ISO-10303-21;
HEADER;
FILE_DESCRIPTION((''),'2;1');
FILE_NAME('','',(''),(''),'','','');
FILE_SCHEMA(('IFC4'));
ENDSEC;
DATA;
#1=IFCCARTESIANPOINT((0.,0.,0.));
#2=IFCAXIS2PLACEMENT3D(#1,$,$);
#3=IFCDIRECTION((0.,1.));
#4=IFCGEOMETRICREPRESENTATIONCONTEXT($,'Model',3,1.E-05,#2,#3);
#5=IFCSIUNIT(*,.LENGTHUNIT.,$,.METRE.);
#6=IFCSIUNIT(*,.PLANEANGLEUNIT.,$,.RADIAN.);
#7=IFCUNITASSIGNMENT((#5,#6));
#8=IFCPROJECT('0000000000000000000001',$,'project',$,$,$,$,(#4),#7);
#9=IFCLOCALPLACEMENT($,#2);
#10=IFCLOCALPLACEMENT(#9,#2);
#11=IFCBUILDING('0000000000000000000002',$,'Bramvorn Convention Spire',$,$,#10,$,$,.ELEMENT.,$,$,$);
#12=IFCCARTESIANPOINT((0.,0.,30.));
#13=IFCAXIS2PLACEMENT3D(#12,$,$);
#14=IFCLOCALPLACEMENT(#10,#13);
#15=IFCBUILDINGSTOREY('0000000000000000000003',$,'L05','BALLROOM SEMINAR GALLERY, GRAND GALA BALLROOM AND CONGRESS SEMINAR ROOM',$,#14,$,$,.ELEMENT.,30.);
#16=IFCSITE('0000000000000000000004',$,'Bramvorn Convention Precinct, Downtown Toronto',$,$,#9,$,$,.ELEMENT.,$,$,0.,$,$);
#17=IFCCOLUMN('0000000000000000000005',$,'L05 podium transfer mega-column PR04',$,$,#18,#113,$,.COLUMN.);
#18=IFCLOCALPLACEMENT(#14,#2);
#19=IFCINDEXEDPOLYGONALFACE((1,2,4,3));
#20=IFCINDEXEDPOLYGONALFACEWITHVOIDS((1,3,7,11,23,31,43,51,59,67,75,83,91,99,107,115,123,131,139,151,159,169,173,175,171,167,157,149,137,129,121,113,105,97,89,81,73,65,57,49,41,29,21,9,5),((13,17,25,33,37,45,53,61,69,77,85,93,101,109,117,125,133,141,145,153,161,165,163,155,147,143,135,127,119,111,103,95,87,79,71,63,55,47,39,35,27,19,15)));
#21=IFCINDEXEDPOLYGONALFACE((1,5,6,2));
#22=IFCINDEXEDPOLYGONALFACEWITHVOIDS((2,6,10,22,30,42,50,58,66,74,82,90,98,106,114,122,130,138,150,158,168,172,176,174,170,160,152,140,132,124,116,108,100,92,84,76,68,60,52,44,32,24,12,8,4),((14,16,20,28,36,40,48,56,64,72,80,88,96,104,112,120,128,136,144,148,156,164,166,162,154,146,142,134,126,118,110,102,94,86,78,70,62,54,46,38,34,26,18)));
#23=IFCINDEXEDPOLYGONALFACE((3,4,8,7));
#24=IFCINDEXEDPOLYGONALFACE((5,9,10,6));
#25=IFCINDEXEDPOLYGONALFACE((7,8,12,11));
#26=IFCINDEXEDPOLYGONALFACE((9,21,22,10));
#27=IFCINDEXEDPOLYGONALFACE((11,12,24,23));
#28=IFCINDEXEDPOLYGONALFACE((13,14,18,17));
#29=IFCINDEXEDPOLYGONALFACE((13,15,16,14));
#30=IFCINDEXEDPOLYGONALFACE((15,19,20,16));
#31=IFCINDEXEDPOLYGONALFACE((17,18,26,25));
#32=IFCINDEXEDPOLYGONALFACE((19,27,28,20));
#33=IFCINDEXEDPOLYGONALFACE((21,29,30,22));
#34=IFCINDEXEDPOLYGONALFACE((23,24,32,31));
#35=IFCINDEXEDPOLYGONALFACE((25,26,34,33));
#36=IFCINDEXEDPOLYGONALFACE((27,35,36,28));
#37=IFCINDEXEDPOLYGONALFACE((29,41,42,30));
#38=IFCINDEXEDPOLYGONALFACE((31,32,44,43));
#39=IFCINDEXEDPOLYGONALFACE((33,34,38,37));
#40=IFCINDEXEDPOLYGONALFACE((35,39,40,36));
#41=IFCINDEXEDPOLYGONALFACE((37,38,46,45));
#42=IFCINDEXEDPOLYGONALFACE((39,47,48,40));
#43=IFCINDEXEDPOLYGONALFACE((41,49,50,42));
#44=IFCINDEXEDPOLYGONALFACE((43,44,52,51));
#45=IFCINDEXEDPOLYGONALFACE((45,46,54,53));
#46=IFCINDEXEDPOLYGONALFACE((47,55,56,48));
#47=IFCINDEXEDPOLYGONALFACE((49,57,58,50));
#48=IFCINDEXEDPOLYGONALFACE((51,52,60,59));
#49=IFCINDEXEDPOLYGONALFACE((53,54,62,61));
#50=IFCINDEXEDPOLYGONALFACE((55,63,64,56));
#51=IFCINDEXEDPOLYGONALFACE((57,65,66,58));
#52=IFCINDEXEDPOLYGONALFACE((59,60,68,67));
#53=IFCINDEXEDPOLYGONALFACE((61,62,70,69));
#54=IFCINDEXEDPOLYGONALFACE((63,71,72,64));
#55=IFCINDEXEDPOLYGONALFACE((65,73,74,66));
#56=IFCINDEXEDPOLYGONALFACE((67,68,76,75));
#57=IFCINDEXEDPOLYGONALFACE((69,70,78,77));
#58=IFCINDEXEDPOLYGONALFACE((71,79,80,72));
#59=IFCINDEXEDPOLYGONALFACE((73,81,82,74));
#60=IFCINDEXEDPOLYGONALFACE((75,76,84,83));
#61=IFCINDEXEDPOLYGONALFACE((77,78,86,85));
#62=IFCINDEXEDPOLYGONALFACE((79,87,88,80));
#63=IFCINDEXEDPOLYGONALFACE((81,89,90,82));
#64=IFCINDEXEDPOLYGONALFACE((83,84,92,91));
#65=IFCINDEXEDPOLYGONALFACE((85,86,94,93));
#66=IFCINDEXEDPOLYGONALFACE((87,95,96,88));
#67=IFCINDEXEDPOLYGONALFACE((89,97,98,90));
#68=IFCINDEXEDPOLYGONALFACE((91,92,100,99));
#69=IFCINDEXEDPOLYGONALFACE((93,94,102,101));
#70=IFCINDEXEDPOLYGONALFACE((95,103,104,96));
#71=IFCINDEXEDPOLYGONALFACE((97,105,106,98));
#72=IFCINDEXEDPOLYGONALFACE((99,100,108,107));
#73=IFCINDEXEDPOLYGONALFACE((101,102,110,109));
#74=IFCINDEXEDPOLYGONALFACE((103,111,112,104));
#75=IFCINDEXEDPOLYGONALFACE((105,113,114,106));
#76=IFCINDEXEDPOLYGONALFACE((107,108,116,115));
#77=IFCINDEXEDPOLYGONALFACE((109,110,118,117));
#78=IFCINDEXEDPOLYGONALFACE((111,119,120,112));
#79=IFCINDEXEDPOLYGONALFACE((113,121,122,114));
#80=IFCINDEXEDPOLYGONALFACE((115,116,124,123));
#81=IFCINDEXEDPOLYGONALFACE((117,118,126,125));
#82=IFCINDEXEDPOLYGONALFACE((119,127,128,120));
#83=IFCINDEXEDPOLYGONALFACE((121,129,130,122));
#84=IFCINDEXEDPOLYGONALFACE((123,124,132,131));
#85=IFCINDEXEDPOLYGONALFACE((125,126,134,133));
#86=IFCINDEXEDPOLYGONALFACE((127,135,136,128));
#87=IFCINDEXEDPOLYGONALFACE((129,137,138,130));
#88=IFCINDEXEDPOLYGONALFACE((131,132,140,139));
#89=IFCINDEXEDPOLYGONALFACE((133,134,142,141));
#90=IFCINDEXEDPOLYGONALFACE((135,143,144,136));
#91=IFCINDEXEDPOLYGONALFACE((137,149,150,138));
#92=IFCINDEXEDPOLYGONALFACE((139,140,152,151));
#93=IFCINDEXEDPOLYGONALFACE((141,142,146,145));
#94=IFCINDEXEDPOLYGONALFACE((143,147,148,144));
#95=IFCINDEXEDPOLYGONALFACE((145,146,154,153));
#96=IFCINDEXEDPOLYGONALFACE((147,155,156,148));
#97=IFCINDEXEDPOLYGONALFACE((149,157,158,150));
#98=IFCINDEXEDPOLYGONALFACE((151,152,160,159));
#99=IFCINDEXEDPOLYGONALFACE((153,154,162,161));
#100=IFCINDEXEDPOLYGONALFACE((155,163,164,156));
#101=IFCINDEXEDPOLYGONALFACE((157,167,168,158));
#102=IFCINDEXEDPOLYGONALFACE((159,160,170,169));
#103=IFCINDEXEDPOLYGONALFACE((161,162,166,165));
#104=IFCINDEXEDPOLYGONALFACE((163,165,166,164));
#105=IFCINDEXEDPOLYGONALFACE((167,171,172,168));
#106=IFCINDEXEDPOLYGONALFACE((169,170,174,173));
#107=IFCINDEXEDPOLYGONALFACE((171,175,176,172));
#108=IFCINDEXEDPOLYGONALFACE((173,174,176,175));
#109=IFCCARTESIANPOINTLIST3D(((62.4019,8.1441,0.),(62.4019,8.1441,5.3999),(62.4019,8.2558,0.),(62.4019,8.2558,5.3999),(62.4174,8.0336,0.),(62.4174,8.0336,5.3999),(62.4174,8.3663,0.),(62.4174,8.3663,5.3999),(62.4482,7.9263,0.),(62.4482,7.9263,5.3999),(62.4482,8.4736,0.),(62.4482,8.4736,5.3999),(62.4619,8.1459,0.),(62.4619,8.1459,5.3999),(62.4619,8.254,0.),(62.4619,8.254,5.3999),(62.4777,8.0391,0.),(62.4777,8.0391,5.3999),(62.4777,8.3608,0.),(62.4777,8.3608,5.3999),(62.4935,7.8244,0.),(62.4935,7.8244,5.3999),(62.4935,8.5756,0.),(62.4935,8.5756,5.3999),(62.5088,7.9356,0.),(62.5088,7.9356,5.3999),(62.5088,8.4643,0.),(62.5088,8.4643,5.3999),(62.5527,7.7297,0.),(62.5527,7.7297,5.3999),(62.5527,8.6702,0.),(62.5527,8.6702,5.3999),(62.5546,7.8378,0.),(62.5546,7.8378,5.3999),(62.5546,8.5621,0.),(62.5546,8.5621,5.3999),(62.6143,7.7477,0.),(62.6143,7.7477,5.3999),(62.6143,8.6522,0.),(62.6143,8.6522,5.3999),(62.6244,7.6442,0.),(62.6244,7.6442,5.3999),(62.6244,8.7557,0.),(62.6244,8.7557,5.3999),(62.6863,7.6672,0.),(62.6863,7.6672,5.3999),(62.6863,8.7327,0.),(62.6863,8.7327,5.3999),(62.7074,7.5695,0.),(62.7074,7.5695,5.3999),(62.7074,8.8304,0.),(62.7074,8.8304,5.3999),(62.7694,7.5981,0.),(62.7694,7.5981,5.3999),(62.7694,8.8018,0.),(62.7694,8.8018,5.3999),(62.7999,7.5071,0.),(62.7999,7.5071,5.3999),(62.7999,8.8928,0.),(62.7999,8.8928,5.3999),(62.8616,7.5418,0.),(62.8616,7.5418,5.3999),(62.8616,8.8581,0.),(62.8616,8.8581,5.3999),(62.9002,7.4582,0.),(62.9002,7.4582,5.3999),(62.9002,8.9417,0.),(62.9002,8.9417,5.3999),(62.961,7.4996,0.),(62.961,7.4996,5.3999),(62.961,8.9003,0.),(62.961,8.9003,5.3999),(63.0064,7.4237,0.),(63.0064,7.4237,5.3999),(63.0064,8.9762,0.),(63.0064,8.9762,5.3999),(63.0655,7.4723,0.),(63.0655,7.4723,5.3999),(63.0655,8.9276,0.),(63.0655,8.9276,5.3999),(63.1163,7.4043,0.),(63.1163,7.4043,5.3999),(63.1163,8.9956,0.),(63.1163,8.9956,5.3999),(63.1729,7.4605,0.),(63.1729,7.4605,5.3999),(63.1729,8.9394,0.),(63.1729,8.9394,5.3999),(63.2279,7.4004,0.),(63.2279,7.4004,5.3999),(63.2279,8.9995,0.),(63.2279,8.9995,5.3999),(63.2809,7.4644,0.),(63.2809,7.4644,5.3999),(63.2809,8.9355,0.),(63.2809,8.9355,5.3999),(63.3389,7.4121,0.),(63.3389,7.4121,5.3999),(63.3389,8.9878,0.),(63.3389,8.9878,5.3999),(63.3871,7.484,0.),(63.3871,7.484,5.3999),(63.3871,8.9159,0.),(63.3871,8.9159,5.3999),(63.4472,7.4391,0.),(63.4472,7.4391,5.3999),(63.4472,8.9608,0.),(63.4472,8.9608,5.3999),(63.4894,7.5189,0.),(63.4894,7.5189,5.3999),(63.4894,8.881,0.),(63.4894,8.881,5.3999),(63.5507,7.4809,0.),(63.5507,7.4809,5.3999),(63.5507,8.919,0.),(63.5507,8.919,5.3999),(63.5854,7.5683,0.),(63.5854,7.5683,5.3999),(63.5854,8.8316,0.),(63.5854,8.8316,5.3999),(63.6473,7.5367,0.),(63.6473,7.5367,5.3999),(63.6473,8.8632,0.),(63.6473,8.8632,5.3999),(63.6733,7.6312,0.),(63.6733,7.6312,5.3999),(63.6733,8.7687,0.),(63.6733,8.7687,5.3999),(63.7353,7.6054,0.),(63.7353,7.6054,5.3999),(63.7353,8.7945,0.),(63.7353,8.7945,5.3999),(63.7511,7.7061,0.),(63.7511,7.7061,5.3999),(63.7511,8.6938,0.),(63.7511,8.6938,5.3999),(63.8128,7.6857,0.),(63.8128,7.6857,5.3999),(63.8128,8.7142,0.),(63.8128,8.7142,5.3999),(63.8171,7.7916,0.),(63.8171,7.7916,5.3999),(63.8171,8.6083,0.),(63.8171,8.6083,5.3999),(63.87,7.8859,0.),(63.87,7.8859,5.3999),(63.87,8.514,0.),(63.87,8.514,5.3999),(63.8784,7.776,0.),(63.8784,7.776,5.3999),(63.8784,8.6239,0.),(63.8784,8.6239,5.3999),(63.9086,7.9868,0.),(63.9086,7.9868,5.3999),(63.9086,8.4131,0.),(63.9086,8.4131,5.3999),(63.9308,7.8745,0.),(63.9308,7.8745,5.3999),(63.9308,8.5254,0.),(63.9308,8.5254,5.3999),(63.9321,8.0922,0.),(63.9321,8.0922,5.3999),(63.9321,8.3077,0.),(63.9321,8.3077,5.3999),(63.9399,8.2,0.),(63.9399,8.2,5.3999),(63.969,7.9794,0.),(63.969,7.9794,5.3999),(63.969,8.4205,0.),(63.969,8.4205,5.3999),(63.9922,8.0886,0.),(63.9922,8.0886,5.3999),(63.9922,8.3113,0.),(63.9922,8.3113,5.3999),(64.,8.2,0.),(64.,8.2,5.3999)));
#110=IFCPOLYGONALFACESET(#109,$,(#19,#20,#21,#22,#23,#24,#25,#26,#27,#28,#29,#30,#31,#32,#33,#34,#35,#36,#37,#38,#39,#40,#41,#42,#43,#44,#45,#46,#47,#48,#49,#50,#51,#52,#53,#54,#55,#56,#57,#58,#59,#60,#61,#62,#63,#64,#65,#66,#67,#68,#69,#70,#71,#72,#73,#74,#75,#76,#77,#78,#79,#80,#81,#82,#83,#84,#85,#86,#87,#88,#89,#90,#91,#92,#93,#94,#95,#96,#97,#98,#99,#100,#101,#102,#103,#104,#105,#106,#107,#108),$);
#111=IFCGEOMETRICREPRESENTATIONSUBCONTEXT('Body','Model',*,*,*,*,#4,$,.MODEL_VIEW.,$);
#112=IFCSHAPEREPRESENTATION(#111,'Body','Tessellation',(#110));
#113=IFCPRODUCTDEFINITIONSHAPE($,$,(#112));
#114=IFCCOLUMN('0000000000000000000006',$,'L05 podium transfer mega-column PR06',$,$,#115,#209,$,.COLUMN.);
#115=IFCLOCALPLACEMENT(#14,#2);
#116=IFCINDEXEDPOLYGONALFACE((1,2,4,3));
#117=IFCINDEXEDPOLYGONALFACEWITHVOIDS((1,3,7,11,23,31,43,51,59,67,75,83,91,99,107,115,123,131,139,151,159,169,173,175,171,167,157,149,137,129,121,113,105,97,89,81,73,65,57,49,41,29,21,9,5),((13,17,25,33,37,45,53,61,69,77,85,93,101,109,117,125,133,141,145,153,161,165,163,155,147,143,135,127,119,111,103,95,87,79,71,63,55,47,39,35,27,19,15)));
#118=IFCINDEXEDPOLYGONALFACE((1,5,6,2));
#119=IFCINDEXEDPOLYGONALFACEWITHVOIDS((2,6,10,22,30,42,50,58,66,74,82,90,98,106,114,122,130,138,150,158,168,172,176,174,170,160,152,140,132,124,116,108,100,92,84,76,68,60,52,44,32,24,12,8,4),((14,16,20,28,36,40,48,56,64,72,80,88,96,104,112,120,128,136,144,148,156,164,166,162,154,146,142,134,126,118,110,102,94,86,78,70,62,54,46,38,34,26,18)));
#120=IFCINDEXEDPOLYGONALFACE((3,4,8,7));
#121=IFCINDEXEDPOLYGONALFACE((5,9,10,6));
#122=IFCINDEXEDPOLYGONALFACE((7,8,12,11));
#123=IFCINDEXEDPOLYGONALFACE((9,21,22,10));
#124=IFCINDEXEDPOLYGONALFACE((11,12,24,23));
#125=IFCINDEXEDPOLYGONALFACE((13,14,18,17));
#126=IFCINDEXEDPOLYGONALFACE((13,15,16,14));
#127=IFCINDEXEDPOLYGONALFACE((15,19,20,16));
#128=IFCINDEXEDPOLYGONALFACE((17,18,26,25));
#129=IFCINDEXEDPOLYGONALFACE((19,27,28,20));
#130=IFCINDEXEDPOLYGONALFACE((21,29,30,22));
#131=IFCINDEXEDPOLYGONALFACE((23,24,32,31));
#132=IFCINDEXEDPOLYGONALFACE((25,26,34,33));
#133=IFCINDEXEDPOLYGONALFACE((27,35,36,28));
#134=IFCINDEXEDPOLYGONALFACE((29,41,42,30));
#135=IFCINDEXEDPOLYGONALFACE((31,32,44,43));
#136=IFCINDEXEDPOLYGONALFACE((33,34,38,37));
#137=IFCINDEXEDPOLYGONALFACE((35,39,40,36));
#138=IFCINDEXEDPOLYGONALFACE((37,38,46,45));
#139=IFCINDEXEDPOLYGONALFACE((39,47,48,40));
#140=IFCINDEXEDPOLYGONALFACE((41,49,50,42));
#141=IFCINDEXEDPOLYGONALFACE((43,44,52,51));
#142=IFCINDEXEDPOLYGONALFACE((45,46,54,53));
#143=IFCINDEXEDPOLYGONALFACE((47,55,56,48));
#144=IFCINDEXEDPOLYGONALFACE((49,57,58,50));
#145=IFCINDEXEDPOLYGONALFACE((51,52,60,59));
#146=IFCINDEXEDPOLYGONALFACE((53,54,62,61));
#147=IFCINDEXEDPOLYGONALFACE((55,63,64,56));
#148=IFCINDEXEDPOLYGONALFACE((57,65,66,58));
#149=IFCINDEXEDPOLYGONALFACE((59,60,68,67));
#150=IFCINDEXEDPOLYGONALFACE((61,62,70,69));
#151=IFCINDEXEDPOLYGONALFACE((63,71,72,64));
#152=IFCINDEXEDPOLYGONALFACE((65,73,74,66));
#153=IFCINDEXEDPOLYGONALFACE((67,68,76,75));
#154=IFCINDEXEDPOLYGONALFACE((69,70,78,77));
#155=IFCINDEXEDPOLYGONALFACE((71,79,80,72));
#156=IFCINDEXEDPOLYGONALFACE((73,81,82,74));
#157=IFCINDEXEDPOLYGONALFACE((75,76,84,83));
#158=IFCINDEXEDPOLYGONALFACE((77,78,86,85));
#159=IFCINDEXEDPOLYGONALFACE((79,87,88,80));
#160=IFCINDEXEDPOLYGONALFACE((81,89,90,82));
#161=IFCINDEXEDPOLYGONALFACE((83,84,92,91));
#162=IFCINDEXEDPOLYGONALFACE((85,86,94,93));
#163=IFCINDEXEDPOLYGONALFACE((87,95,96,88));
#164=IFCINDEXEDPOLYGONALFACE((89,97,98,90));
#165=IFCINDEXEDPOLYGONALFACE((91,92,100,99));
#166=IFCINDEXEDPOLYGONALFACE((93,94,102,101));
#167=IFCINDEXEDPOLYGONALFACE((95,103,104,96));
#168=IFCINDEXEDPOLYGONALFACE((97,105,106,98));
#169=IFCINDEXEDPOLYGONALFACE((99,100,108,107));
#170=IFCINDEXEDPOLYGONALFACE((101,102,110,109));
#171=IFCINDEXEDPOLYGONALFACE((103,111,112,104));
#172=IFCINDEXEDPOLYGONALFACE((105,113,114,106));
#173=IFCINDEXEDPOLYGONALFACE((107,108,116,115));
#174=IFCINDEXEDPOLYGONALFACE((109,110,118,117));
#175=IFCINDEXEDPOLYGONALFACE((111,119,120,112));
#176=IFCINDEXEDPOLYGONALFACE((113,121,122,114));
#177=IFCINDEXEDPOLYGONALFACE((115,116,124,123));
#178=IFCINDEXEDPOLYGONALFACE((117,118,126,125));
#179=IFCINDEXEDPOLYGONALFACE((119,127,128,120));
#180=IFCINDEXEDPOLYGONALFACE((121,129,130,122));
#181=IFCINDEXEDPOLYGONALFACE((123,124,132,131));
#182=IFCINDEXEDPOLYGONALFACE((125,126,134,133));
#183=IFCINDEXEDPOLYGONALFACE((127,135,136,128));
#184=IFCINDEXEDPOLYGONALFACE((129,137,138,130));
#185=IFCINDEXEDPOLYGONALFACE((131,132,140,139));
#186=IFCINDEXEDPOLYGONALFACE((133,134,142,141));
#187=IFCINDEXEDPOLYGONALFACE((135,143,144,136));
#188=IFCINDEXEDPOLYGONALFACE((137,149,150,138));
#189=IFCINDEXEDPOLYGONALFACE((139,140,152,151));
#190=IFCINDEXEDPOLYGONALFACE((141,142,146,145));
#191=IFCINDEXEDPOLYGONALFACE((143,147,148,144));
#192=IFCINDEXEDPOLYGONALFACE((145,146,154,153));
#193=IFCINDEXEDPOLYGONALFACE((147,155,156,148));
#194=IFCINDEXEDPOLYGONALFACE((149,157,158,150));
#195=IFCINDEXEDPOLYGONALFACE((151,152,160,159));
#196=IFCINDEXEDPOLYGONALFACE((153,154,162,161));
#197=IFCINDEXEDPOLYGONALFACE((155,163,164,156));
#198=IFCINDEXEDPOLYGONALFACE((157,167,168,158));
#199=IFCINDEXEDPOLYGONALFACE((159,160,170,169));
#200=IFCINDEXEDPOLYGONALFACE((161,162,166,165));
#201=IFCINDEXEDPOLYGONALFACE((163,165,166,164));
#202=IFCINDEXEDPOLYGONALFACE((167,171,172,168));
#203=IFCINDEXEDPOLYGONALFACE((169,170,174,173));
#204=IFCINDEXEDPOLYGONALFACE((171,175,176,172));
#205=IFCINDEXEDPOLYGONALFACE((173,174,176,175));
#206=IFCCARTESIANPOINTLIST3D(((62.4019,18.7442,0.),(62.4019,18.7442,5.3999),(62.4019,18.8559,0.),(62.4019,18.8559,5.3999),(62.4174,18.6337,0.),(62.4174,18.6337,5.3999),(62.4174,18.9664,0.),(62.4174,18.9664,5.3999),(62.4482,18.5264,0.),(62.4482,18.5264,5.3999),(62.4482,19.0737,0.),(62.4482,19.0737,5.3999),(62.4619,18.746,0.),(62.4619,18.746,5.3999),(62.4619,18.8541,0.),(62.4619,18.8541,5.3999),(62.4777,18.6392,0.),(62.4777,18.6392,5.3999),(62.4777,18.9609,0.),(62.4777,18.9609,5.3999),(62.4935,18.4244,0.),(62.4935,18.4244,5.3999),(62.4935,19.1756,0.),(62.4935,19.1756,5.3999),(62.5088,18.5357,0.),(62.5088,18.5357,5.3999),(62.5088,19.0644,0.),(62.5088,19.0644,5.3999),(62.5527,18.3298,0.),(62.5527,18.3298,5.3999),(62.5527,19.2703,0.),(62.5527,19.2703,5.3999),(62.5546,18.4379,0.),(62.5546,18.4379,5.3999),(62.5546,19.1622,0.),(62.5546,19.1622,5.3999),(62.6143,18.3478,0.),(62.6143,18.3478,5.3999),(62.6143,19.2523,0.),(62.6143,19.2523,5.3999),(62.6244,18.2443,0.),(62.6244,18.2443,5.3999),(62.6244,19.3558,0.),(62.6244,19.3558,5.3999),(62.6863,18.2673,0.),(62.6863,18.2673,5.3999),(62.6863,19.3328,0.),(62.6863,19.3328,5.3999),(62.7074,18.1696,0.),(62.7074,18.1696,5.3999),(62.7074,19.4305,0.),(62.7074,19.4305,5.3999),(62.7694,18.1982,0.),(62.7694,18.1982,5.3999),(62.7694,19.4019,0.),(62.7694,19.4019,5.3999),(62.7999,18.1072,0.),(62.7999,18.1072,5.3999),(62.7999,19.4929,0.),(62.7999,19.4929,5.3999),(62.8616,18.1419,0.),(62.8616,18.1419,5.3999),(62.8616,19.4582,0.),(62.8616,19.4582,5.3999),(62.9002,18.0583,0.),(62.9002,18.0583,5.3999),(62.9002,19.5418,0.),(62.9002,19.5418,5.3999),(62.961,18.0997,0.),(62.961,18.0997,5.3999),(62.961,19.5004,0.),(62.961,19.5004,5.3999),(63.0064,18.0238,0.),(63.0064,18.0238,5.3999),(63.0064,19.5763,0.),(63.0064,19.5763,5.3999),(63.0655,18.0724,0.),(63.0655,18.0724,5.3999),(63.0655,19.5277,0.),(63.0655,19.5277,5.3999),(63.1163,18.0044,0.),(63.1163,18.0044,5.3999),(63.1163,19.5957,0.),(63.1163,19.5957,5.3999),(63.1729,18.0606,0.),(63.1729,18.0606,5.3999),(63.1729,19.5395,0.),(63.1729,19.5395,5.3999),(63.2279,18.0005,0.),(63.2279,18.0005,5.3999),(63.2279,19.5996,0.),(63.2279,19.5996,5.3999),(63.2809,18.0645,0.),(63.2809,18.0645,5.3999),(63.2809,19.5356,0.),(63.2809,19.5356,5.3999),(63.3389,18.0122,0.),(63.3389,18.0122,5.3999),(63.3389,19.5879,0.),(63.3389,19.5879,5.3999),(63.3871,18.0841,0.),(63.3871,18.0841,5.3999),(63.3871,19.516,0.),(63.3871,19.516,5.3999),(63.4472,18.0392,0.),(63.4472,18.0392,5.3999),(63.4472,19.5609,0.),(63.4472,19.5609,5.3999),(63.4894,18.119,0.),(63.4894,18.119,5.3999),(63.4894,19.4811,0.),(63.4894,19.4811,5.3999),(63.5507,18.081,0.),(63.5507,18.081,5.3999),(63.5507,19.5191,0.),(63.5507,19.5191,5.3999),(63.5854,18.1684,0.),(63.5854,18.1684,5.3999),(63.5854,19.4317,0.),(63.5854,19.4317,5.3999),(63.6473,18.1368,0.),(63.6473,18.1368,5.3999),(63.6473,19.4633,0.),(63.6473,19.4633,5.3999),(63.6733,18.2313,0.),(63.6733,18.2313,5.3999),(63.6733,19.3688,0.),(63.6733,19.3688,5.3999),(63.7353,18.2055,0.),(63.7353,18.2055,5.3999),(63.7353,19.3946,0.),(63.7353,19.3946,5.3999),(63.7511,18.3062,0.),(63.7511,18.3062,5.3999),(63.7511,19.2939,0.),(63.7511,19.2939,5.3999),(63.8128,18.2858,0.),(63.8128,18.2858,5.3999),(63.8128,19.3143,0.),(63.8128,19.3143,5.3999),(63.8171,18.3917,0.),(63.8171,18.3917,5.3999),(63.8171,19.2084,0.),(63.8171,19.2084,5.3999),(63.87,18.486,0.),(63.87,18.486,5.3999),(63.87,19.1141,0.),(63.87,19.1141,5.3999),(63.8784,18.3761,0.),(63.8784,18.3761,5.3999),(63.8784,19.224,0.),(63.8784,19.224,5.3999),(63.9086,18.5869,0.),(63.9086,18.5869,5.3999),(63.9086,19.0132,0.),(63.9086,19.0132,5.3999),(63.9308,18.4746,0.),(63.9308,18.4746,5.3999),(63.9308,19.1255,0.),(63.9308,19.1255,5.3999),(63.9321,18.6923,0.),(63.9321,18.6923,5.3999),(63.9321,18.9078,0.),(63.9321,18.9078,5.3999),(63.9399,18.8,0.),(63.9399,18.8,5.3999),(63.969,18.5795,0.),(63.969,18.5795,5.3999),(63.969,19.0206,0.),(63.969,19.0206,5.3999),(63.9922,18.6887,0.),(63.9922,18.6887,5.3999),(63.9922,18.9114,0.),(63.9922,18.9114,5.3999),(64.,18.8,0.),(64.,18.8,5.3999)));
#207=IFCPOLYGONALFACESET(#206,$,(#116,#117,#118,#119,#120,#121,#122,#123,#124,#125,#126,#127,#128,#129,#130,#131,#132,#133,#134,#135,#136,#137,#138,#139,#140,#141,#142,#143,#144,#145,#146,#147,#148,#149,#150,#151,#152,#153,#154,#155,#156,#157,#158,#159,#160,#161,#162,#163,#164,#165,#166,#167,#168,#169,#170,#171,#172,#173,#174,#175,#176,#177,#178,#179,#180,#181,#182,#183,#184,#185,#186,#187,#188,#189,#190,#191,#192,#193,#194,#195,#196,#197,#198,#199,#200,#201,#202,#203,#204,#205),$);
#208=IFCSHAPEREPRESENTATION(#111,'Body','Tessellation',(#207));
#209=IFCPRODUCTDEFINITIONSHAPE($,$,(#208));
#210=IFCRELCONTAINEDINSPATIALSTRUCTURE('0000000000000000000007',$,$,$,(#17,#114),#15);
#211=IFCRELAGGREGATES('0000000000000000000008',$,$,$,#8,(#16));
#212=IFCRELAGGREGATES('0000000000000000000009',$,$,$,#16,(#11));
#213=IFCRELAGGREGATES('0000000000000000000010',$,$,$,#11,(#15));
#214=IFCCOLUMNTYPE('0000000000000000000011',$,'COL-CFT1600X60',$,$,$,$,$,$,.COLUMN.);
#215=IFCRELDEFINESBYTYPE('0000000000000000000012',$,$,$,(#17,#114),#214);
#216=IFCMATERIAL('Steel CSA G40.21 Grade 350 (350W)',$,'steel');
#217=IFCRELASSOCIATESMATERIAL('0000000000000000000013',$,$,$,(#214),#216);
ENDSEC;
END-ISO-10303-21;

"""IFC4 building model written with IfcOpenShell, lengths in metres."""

from ifc_helpers import new_model, si_unit, direction, frame, origin, origin_2d, place, context, subcontext, project, spatial, hollow_circle, extrude, material, material_profile, profile_set, type_object, element, save


model = new_model("IFC4")

# Units and contexts
model_context = context("Model", 3, precision=1e-05, world=origin(), true_north=direction((0.0, 1.0)))
body_context = subcontext(model_context, "Body", "Model", "MODEL_VIEW")
ifc_project = project(units=[si_unit("LENGTHUNIT", "METRE"), si_unit("PLANEANGLEUNIT", "RADIAN")], contexts=[model_context])

# Site, building, storey
site_placement = place(None, origin())
site = spatial("IfcSite", under=ifc_project, at=site_placement, Name="Bramvorn Convention Precinct, Downtown Toronto", CompositionType="ELEMENT", RefElevation=0.0)
building_placement = place(site_placement, origin())
building = spatial("IfcBuilding", under=site, at=building_placement, Name="Bramvorn Convention Spire", CompositionType="ELEMENT")
storey_placement = place(building_placement, frame((0.0, 0.0, 30.0)))
storey = spatial("IfcBuildingStorey", under=building, at=storey_placement, Name="L05", Description="BALLROOM SEMINAR GALLERY, GRAND GALA BALLROOM AND CONGRESS SEMINAR ROOM", CompositionType="ELEMENT", Elevation=30.0)

# Columns
ifc_material_1 = material(Name="Steel CSA G40.21 Grade 350 (350W)", Category="steel")
ifc_material_profile_1 = material_profile(ifc_material_1, hollow_circle(Radius=0.8, WallThickness=0.0601, at=origin_2d()))
ifc_profile_set_1 = profile_set([ifc_material_profile_1], Name="Steel CSA G40.21 Grade 350 (350W) - CFT1600X60")
column_type_1 = type_object("IfcColumnType", Name="COL-CFT1600X60", PredefinedType="COLUMN", material=ifc_profile_set_1)
for number, where, z_axis, x_axis, name in (
    (1, (63.2, 8.2, 0.0), (0.0, 0.0, 1.0), (1.0, 0.0, 0.0), "L05 podium transfer mega-column PR04"),
    (2, (63.2, 18.8, 0.0), (0.0, 0.0, 1.0), (1.0, 0.0, 0.0), "L05 podium transfer mega-column PR06"),
):
    element("IfcColumn", number, at=place(storey_placement, frame(where, z_axis=z_axis, x_axis=x_axis)), inside=storey, type_object=column_type_1, Name=name, PredefinedType="COLUMN", context=body_context, shape_type="SweptSolid", body=[
        extrude(hollow_circle(Radius=0.8, WallThickness=0.0601, at=origin_2d()), origin(), (0.0, 0.0, 1.0), 5.3999),
    ])

save(model, "model.ifc")
